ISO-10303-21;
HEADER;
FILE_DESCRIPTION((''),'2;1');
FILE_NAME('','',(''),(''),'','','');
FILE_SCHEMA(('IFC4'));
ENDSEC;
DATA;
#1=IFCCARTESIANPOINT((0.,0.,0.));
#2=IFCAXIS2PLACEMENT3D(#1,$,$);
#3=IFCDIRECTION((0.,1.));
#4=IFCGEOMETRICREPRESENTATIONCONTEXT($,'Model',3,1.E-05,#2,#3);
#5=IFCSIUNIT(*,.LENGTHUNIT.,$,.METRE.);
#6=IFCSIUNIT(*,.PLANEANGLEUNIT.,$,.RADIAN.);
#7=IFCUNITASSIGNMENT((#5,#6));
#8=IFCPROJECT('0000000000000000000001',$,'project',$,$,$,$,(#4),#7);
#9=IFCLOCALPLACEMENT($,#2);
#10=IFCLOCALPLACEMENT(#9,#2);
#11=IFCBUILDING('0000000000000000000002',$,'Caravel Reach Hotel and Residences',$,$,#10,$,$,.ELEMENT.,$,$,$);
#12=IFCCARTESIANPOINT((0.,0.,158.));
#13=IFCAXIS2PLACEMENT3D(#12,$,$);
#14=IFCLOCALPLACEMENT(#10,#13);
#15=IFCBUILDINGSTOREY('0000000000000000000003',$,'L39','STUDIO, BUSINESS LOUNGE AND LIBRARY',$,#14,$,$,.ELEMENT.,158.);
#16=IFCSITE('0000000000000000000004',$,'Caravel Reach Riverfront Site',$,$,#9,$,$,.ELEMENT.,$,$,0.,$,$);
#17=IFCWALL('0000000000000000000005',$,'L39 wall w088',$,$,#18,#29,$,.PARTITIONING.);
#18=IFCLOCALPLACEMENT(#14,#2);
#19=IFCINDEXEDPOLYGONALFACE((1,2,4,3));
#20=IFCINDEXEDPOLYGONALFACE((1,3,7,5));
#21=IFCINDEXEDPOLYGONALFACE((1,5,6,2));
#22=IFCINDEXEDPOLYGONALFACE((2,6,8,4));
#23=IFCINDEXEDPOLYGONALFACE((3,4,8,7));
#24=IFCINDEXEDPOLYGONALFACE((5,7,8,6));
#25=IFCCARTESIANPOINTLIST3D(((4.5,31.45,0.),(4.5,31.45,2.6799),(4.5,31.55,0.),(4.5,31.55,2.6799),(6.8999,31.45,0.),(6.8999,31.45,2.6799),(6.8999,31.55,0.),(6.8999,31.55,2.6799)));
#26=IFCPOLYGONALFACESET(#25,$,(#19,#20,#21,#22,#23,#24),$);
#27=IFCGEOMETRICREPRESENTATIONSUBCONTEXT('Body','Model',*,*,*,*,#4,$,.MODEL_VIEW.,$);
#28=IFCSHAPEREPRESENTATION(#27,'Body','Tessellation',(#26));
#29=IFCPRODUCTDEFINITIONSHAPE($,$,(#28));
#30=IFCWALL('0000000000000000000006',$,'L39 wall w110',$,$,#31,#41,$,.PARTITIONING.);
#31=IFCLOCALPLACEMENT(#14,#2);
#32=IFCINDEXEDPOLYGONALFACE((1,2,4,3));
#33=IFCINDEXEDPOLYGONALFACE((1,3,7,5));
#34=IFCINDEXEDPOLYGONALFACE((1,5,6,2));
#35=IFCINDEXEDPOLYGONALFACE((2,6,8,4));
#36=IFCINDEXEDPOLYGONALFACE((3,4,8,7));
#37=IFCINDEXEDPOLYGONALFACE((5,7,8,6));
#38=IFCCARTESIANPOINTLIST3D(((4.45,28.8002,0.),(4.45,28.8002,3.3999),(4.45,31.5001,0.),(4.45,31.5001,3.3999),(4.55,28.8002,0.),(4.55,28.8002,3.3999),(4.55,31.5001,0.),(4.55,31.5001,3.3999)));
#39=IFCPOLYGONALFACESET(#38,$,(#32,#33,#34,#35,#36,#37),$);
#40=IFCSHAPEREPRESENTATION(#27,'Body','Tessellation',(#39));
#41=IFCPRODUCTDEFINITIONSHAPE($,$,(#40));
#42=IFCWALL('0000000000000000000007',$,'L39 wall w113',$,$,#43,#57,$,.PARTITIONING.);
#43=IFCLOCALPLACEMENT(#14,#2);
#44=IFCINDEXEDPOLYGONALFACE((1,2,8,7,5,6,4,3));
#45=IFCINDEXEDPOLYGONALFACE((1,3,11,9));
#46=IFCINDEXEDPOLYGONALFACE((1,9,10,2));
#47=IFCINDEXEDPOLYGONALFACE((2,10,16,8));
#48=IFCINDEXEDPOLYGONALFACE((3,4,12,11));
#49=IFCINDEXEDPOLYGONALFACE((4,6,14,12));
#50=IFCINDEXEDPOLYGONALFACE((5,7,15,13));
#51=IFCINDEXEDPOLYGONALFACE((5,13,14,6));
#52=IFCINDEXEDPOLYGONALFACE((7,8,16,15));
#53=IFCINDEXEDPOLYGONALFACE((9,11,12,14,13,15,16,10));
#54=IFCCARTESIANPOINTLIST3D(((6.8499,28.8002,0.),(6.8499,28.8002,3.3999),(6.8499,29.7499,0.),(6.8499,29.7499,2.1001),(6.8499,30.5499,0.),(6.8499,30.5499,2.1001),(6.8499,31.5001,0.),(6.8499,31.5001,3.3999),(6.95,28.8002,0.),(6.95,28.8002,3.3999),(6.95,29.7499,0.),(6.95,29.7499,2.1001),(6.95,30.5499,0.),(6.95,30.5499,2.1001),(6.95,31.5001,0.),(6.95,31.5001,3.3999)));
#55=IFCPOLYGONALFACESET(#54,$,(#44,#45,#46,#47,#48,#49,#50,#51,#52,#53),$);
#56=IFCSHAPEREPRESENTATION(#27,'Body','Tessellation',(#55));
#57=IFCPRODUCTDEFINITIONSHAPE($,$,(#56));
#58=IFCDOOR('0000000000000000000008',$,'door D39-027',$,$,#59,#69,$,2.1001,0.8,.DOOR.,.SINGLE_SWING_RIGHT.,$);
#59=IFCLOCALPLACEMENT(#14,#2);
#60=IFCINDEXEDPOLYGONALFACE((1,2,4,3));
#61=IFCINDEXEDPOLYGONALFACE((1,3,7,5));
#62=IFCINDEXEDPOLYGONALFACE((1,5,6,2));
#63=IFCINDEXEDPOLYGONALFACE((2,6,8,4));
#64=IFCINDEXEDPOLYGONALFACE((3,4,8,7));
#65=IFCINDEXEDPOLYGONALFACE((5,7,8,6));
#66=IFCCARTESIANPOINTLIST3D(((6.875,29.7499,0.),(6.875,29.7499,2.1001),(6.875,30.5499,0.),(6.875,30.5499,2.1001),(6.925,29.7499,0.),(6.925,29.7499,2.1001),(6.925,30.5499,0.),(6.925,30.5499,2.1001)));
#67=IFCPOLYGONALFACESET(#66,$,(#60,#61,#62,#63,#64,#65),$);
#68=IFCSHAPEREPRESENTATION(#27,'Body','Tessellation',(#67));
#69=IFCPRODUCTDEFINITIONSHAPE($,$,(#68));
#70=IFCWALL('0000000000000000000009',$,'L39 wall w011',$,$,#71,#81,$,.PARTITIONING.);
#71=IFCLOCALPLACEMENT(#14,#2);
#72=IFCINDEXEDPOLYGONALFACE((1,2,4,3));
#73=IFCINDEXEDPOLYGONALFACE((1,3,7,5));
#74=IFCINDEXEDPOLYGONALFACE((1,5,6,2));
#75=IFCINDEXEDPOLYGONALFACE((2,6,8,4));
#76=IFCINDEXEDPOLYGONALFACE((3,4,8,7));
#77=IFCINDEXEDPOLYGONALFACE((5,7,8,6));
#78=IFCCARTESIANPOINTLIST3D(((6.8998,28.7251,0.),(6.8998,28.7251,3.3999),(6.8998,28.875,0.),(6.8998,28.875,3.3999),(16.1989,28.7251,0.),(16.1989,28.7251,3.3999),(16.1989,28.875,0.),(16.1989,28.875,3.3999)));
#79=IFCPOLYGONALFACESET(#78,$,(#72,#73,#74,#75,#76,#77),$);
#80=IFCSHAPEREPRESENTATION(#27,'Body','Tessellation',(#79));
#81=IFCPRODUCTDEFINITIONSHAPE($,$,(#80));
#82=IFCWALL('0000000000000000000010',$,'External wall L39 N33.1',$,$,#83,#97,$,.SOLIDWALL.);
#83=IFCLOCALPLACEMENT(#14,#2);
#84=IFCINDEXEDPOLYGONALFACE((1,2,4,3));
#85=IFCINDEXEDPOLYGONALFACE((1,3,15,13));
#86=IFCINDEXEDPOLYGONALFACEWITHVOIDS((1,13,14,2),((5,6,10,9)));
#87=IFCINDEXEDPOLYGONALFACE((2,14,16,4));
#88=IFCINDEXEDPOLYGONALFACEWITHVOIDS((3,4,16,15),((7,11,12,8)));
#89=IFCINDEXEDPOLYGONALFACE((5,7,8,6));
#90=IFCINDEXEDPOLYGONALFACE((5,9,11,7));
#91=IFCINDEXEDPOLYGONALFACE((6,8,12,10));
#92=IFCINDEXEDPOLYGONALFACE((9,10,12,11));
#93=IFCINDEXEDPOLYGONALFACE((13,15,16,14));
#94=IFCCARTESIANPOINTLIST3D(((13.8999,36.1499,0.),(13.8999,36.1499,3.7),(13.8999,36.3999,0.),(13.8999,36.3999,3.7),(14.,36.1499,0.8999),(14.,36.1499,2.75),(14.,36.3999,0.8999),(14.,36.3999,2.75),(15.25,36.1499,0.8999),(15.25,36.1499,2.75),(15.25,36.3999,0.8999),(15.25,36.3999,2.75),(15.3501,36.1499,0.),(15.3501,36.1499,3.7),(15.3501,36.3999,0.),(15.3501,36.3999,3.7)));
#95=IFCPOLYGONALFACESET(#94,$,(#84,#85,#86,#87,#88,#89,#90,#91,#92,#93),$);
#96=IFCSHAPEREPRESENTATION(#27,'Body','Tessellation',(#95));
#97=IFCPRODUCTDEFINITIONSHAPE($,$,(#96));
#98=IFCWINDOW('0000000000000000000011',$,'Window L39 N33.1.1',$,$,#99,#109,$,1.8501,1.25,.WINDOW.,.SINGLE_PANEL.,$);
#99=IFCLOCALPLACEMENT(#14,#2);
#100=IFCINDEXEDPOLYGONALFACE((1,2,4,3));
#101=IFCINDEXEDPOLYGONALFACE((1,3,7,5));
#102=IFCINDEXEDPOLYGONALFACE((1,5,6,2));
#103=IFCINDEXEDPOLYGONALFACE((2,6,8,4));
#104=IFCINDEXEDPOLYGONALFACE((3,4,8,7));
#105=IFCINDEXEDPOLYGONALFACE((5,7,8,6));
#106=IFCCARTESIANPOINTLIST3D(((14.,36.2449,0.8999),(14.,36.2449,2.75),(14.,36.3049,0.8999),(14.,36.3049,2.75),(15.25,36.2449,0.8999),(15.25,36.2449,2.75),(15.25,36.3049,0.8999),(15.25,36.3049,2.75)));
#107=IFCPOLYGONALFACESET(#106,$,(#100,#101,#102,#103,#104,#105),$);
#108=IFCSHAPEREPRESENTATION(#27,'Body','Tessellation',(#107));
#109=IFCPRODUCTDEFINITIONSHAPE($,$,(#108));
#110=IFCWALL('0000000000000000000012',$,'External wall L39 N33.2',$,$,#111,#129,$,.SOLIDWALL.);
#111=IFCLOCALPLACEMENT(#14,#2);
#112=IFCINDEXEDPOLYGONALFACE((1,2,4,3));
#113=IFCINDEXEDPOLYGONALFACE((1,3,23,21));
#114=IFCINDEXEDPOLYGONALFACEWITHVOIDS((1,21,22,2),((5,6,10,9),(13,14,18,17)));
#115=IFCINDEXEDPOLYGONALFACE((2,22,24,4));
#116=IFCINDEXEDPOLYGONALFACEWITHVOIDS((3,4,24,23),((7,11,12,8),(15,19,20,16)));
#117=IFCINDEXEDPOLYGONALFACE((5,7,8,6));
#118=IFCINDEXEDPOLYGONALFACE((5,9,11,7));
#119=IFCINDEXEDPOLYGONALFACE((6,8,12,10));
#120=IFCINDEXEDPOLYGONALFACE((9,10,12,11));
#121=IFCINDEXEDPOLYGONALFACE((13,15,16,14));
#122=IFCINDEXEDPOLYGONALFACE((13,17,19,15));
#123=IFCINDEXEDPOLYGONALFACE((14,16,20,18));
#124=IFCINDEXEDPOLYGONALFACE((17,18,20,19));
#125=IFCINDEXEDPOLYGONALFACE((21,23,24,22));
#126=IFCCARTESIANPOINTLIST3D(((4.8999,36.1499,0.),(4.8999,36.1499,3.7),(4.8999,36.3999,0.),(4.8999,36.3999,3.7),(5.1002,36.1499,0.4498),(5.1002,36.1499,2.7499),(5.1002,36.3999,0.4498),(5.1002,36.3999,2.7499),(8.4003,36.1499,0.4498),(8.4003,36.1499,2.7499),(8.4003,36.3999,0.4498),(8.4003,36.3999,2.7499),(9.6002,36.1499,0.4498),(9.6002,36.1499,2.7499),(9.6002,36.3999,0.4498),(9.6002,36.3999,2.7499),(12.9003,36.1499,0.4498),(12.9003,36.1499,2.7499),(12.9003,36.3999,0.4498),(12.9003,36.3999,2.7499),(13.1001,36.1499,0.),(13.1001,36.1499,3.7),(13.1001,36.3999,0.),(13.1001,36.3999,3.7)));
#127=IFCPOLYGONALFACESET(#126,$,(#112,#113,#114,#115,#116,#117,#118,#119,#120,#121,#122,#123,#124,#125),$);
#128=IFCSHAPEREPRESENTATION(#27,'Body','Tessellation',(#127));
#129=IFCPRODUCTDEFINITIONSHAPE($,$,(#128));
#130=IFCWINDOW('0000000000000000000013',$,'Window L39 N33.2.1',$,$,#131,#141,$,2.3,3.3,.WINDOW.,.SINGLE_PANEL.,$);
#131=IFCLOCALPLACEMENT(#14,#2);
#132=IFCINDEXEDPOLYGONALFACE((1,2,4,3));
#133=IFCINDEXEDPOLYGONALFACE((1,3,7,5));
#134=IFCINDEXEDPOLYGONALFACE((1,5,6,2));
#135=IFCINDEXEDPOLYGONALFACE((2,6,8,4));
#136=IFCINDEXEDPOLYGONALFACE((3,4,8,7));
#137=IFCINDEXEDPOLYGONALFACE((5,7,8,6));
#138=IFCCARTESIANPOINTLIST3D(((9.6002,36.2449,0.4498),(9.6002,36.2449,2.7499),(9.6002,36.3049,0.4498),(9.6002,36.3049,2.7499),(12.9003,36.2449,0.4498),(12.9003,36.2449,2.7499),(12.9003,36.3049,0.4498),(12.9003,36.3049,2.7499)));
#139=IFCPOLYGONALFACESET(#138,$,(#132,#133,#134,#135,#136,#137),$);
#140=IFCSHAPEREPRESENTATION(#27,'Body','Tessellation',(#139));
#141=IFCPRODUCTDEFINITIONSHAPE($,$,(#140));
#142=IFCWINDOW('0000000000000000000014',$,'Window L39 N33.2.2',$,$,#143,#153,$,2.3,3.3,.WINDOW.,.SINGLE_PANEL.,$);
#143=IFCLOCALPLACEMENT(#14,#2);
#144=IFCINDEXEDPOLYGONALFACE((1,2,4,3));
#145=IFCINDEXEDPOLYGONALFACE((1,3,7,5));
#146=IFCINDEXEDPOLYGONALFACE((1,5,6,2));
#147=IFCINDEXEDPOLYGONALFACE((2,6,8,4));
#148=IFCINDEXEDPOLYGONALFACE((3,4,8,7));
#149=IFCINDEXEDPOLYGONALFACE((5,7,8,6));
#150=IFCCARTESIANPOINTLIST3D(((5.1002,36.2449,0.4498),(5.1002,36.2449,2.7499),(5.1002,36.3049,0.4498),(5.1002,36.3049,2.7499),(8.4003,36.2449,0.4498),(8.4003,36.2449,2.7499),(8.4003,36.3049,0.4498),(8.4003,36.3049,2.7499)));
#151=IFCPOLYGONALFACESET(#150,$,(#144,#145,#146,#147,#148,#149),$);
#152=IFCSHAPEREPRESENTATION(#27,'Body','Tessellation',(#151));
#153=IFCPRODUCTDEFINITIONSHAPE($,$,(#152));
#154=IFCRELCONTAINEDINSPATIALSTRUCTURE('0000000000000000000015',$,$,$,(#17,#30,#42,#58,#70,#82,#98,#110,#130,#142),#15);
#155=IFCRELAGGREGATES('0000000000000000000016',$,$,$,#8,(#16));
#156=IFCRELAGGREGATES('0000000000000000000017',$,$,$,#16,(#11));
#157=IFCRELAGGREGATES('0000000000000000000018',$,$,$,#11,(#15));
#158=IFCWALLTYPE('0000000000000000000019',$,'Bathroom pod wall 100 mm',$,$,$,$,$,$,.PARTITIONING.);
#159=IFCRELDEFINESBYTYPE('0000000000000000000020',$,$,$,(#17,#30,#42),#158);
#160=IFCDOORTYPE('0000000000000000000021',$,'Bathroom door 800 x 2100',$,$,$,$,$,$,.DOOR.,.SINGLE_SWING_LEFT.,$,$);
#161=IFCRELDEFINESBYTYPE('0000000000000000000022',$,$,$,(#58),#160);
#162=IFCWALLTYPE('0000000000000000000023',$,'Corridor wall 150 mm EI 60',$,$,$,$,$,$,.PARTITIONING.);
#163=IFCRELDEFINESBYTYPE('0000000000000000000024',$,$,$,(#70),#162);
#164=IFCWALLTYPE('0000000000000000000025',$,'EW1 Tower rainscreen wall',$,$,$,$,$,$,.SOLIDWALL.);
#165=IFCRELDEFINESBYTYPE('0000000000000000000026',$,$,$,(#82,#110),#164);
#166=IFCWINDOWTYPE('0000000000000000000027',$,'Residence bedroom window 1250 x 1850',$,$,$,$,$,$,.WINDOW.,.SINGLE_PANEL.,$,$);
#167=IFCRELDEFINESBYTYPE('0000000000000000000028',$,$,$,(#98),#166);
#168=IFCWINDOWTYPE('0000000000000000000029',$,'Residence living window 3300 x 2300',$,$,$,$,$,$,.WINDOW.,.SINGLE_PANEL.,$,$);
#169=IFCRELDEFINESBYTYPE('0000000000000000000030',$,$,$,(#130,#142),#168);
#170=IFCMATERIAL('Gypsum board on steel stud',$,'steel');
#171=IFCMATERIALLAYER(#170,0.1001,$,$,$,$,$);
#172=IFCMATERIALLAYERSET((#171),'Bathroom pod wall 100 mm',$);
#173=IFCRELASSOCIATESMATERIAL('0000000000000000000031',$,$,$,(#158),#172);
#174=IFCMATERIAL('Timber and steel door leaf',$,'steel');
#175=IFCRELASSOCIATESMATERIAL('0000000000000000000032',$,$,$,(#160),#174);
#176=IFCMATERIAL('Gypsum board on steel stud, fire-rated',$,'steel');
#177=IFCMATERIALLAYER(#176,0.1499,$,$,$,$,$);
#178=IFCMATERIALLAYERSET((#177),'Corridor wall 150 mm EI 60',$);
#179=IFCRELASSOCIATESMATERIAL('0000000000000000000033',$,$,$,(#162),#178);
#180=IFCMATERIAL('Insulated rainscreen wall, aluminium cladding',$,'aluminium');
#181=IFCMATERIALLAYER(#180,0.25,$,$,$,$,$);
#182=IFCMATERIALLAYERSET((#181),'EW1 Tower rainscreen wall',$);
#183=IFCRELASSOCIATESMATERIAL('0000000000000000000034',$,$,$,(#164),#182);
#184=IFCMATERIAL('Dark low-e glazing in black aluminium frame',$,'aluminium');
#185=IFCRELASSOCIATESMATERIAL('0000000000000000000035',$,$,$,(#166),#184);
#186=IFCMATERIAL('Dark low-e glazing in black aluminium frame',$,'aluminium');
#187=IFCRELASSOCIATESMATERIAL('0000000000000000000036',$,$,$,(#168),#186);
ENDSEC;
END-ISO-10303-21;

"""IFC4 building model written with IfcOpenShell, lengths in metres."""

from ifc_helpers import new_model, si_unit, direction, frame, frame_2d, origin, place, context, subcontext, project, spatial, rectangle, extrude, material, layer, layer_set, type_object, element, fill, save


model = new_model("IFC4")

# Units and contexts
model_context = context("Model", 3, precision=1e-05, world=origin(), true_north=direction((0.0, 1.0)))
body_context = subcontext(model_context, "Body", "Model", "MODEL_VIEW")
ifc_project = project(units=[si_unit("LENGTHUNIT", "METRE"), si_unit("PLANEANGLEUNIT", "RADIAN")], contexts=[model_context])

# Site, building, storey
site_placement = place(None, origin())
site = spatial("IfcSite", under=ifc_project, at=site_placement, Name="Caravel Reach Riverfront Site", CompositionType="ELEMENT", RefElevation=0.0)
building_placement = place(site_placement, origin())
building = spatial("IfcBuilding", under=site, at=building_placement, Name="Caravel Reach Hotel and Residences", CompositionType="ELEMENT")
storey_placement = place(building_placement, frame((0.0, 0.0, 158.0)))
storey = spatial("IfcBuildingStorey", under=building, at=storey_placement, Name="L39", Description="STUDIO, BUSINESS LOUNGE AND LIBRARY", CompositionType="ELEMENT", Elevation=158.0)

# Walls
ifc_material_1 = material(Name="Gypsum board on steel stud", Category="steel")
ifc_layer_1 = layer(ifc_material_1, 0.1001)
ifc_layer_set_1 = layer_set([ifc_layer_1], Name="Bathroom pod wall 100 mm")
wall_type_1 = type_object("IfcWallType", Name="Bathroom pod wall 100 mm", PredefinedType="PARTITIONING", material=ifc_layer_set_1)
wall_1_placement = place(storey_placement, frame((4.5, 31.5, 0.0), z_axis=(0.0, 0.0, 1.0), x_axis=(1.0, 0.0, 0.0)))
element("IfcWall", 1, at=wall_1_placement, inside=storey, type_object=wall_type_1, Name="L39 wall w088", PredefinedType="PARTITIONING", context=body_context, shape_type="SweptSolid", body=[
    extrude(rectangle(XDim=2.3999, YDim=0.1001, at=frame_2d((1.2, 0.0))), origin(), (0.0, 0.0, 1.0), 2.6799),
])
wall_2_placement = place(storey_placement, frame((4.5, 28.8, 0.0), z_axis=(0.0, 0.0, 1.0), x_axis=(0.0, 1.0, 0.0)))
element("IfcWall", 2, at=wall_2_placement, inside=storey, type_object=wall_type_1, Name="L39 wall w110", PredefinedType="PARTITIONING", context=body_context, shape_type="SweptSolid", body=[
    extrude(rectangle(XDim=2.7, YDim=0.1001, at=frame_2d((1.3501, 0.0))), origin(), (0.0, 0.0, 1.0), 3.3999),
])

# Wall, opening, door
wall_3_placement = place(storey_placement, frame((6.8999, 28.8, 0.0), z_axis=(0.0, 0.0, 1.0), x_axis=(0.0, 1.0, 0.0)))
wall_3 = element("IfcWall", 3, at=wall_3_placement, inside=storey, type_object=wall_type_1, Name="L39 wall w113", PredefinedType="PARTITIONING", context=body_context, shape_type="SweptSolid", body=[
    extrude(rectangle(XDim=2.7, YDim=0.1001, at=frame_2d((1.3501, 0.0))), origin(), (0.0, 0.0, 1.0), 3.3999),
])
opening_1_placement = place(wall_3_placement, frame((0.95, 0.0, 0.0)))
opening_1 = element("IfcOpeningElement", 4, at=opening_1_placement, cuts=wall_3, PredefinedType="OPENING", context=body_context, shape_type="SweptSolid", body=[
    extrude(rectangle(XDim=0.8, YDim=2.1001, at=frame_2d((0.3999, 1.05))), frame((0.0, 0.0601, 0.0), z_axis=(0.0, -1.0, 0.0), x_axis=(1.0, 0.0, 0.0)), (0.0, 0.0, 1.0), 0.1201),
])
ifc_material_2 = material(Name="Timber and steel door leaf", Category="steel")
door_type_1 = type_object("IfcDoorType", Name="Bathroom door 800 x 2100", OperationType="SINGLE_SWING_LEFT", PredefinedType="DOOR", material=ifc_material_2)
door_1_placement = place(opening_1_placement, origin())
door_1 = element("IfcDoor", 5, at=door_1_placement, inside=storey, type_object=door_type_1, Name="door D39-027", OperationType="SINGLE_SWING_RIGHT", OverallHeight=2.1001, OverallWidth=0.8, PredefinedType="DOOR", context=body_context, shape_type="SweptSolid", body=[
    extrude(rectangle(XDim=0.8, YDim=2.1001, at=frame_2d((0.3999, 1.05))), frame((0.0, 0.0249, 0.0), z_axis=(0.0, -1.0, 0.0), x_axis=(1.0, 0.0, 0.0)), (0.0, 0.0, 1.0), 0.05),
])
fill(opening_1, door_1)

# Wall
ifc_material_3 = material(Name="Gypsum board on steel stud, fire-rated", Category="steel")
ifc_layer_2 = layer(ifc_material_3, 0.1499)
ifc_layer_set_2 = layer_set([ifc_layer_2], Name="Corridor wall 150 mm EI 60")
wall_type_2 = type_object("IfcWallType", Name="Corridor wall 150 mm EI 60", PredefinedType="PARTITIONING", material=ifc_layer_set_2)
wall_4_placement = place(storey_placement, frame((6.8999, 28.8, 0.0), z_axis=(0.0, 0.0, 1.0), x_axis=(1.0, 0.0, 0.0)))
element("IfcWall", 6, at=wall_4_placement, inside=storey, type_object=wall_type_2, Name="L39 wall w011", PredefinedType="PARTITIONING", context=body_context, shape_type="SweptSolid", body=[
    extrude(rectangle(XDim=9.2991, YDim=0.1499, at=frame_2d((4.6494, 0.0))), origin(), (0.0, 0.0, 1.0), 3.3999),
])

# Wall, opening, window
ifc_material_4 = material(Name="Insulated rainscreen wall, aluminium cladding", Category="aluminium")
ifc_layer_3 = layer(ifc_material_4, 0.25)
ifc_layer_set_3 = layer_set([ifc_layer_3], Name="EW1 Tower rainscreen wall")
wall_type_3 = type_object("IfcWallType", Name="EW1 Tower rainscreen wall", PredefinedType="SOLIDWALL", material=ifc_layer_set_3)
wall_5_placement = place(storey_placement, frame((15.3501, 36.2749, 0.0), z_axis=(0.0, 0.0, 1.0), x_axis=(-1.0, 0.0, 0.0)))
wall_5 = element("IfcWall", 7, at=wall_5_placement, inside=storey, type_object=wall_type_3, Name="External wall L39 N33.1", PredefinedType="SOLIDWALL", context=body_context, shape_type="SweptSolid", body=[
    extrude(rectangle(XDim=1.4502, YDim=0.25, at=frame_2d((0.7251, 0.0))), origin(), (0.0, 0.0, 1.0), 3.7),
])
opening_2_placement = place(wall_5_placement, frame((0.1001, 0.0, 0.8999)))
opening_2 = element("IfcOpeningElement", 8, at=opening_2_placement, cuts=wall_5, PredefinedType="OPENING", context=body_context, shape_type="SweptSolid", body=[
    extrude(rectangle(XDim=1.25, YDim=1.8501, at=frame_2d((0.625, 0.925))), frame((0.0, 0.135, 0.0), z_axis=(0.0, -1.0, 0.0), x_axis=(1.0, 0.0, 0.0)), (0.0, 0.0, 1.0), 0.27),
])
ifc_material_5 = material(Name="Dark low-e glazing in black aluminium frame", Category="aluminium")
window_type_1 = type_object("IfcWindowType", Name="Residence bedroom window 1250 x 1850", PartitioningType="SINGLE_PANEL", PredefinedType="WINDOW", material=ifc_material_5)
window_1_placement = place(opening_2_placement, origin())
window_1 = element("IfcWindow", 9, at=window_1_placement, inside=storey, type_object=window_type_1, Name="Window L39 N33.1.1", OverallHeight=1.8501, OverallWidth=1.25, PartitioningType="SINGLE_PANEL", PredefinedType="WINDOW", context=body_context, shape_type="SweptSolid", body=[
    extrude(rectangle(XDim=1.25, YDim=1.8501, at=frame_2d((0.625, 0.925))), frame((0.0, 0.03, 0.0), z_axis=(0.0, -1.0, 0.0), x_axis=(1.0, 0.0, 0.0)), (0.0, 0.0, 1.0), 0.0601),
])
fill(opening_2, window_1)

# Wall, openings, windows
wall_6_placement = place(storey_placement, frame((13.1001, 36.2749, 0.0), z_axis=(0.0, 0.0, 1.0), x_axis=(-1.0, 0.0, 0.0)))
wall_6 = element("IfcWall", 10, at=wall_6_placement, inside=storey, type_object=wall_type_3, Name="External wall L39 N33.2", PredefinedType="SOLIDWALL", context=body_context, shape_type="SweptSolid", body=[
    extrude(rectangle(XDim=8.2002, YDim=0.25, at=frame_2d((4.1001, 0.0))), origin(), (0.0, 0.0, 1.0), 3.7),
])
opening_3_placement = place(wall_6_placement, frame((0.2, 0.0, 0.45)))
opening_3 = element("IfcOpeningElement", 11, at=opening_3_placement, cuts=wall_6, PredefinedType="OPENING", context=body_context, shape_type="SweptSolid", body=[
    extrude(rectangle(XDim=3.3, YDim=2.3, at=frame_2d((1.6499, 1.1499))), frame((0.0, 0.135, 0.0), z_axis=(0.0, -1.0, 0.0), x_axis=(1.0, 0.0, 0.0)), (0.0, 0.0, 1.0), 0.27),
])
opening_4_placement = place(wall_6_placement, frame((4.7, 0.0, 0.45)))
opening_4 = element("IfcOpeningElement", 12, at=opening_4_placement, cuts=wall_6, PredefinedType="OPENING", context=body_context, shape_type="SweptSolid", body=[
    extrude(rectangle(XDim=3.3, YDim=2.3, at=frame_2d((1.6499, 1.1499))), frame((0.0, 0.135, 0.0), z_axis=(0.0, -1.0, 0.0), x_axis=(1.0, 0.0, 0.0)), (0.0, 0.0, 1.0), 0.27),
])
ifc_material_6 = material(Name="Dark low-e glazing in black aluminium frame", Category="aluminium")
window_type_2 = type_object("IfcWindowType", Name="Residence living window 3300 x 2300", PartitioningType="SINGLE_PANEL", PredefinedType="WINDOW", material=ifc_material_6)
window_2_placement = place(opening_3_placement, origin())
window_2 = element("IfcWindow", 13, at=window_2_placement, inside=storey, type_object=window_type_2, Name="Window L39 N33.2.1", OverallHeight=2.3, OverallWidth=3.3, PartitioningType="SINGLE_PANEL", PredefinedType="WINDOW", context=body_context, shape_type="SweptSolid", body=[
    extrude(rectangle(XDim=3.3, YDim=2.3, at=frame_2d((1.6499, 1.1499))), frame((0.0, 0.03, 0.0), z_axis=(0.0, -1.0, 0.0), x_axis=(1.0, 0.0, 0.0)), (0.0, 0.0, 1.0), 0.0601),
])
fill(opening_3, window_2)
window_3_placement = place(opening_4_placement, origin())
window_3 = element("IfcWindow", 14, at=window_3_placement, inside=storey, type_object=window_type_2, Name="Window L39 N33.2.2", OverallHeight=2.3, OverallWidth=3.3, PartitioningType="SINGLE_PANEL", PredefinedType="WINDOW", context=body_context, shape_type="SweptSolid", body=[
    extrude(rectangle(XDim=3.3, YDim=2.3, at=frame_2d((1.6499, 1.1499))), frame((0.0, 0.03, 0.0), z_axis=(0.0, -1.0, 0.0), x_axis=(1.0, 0.0, 0.0)), (0.0, 0.0, 1.0), 0.0601),
])
fill(opening_4, window_3)

save(model, "model.ifc")
